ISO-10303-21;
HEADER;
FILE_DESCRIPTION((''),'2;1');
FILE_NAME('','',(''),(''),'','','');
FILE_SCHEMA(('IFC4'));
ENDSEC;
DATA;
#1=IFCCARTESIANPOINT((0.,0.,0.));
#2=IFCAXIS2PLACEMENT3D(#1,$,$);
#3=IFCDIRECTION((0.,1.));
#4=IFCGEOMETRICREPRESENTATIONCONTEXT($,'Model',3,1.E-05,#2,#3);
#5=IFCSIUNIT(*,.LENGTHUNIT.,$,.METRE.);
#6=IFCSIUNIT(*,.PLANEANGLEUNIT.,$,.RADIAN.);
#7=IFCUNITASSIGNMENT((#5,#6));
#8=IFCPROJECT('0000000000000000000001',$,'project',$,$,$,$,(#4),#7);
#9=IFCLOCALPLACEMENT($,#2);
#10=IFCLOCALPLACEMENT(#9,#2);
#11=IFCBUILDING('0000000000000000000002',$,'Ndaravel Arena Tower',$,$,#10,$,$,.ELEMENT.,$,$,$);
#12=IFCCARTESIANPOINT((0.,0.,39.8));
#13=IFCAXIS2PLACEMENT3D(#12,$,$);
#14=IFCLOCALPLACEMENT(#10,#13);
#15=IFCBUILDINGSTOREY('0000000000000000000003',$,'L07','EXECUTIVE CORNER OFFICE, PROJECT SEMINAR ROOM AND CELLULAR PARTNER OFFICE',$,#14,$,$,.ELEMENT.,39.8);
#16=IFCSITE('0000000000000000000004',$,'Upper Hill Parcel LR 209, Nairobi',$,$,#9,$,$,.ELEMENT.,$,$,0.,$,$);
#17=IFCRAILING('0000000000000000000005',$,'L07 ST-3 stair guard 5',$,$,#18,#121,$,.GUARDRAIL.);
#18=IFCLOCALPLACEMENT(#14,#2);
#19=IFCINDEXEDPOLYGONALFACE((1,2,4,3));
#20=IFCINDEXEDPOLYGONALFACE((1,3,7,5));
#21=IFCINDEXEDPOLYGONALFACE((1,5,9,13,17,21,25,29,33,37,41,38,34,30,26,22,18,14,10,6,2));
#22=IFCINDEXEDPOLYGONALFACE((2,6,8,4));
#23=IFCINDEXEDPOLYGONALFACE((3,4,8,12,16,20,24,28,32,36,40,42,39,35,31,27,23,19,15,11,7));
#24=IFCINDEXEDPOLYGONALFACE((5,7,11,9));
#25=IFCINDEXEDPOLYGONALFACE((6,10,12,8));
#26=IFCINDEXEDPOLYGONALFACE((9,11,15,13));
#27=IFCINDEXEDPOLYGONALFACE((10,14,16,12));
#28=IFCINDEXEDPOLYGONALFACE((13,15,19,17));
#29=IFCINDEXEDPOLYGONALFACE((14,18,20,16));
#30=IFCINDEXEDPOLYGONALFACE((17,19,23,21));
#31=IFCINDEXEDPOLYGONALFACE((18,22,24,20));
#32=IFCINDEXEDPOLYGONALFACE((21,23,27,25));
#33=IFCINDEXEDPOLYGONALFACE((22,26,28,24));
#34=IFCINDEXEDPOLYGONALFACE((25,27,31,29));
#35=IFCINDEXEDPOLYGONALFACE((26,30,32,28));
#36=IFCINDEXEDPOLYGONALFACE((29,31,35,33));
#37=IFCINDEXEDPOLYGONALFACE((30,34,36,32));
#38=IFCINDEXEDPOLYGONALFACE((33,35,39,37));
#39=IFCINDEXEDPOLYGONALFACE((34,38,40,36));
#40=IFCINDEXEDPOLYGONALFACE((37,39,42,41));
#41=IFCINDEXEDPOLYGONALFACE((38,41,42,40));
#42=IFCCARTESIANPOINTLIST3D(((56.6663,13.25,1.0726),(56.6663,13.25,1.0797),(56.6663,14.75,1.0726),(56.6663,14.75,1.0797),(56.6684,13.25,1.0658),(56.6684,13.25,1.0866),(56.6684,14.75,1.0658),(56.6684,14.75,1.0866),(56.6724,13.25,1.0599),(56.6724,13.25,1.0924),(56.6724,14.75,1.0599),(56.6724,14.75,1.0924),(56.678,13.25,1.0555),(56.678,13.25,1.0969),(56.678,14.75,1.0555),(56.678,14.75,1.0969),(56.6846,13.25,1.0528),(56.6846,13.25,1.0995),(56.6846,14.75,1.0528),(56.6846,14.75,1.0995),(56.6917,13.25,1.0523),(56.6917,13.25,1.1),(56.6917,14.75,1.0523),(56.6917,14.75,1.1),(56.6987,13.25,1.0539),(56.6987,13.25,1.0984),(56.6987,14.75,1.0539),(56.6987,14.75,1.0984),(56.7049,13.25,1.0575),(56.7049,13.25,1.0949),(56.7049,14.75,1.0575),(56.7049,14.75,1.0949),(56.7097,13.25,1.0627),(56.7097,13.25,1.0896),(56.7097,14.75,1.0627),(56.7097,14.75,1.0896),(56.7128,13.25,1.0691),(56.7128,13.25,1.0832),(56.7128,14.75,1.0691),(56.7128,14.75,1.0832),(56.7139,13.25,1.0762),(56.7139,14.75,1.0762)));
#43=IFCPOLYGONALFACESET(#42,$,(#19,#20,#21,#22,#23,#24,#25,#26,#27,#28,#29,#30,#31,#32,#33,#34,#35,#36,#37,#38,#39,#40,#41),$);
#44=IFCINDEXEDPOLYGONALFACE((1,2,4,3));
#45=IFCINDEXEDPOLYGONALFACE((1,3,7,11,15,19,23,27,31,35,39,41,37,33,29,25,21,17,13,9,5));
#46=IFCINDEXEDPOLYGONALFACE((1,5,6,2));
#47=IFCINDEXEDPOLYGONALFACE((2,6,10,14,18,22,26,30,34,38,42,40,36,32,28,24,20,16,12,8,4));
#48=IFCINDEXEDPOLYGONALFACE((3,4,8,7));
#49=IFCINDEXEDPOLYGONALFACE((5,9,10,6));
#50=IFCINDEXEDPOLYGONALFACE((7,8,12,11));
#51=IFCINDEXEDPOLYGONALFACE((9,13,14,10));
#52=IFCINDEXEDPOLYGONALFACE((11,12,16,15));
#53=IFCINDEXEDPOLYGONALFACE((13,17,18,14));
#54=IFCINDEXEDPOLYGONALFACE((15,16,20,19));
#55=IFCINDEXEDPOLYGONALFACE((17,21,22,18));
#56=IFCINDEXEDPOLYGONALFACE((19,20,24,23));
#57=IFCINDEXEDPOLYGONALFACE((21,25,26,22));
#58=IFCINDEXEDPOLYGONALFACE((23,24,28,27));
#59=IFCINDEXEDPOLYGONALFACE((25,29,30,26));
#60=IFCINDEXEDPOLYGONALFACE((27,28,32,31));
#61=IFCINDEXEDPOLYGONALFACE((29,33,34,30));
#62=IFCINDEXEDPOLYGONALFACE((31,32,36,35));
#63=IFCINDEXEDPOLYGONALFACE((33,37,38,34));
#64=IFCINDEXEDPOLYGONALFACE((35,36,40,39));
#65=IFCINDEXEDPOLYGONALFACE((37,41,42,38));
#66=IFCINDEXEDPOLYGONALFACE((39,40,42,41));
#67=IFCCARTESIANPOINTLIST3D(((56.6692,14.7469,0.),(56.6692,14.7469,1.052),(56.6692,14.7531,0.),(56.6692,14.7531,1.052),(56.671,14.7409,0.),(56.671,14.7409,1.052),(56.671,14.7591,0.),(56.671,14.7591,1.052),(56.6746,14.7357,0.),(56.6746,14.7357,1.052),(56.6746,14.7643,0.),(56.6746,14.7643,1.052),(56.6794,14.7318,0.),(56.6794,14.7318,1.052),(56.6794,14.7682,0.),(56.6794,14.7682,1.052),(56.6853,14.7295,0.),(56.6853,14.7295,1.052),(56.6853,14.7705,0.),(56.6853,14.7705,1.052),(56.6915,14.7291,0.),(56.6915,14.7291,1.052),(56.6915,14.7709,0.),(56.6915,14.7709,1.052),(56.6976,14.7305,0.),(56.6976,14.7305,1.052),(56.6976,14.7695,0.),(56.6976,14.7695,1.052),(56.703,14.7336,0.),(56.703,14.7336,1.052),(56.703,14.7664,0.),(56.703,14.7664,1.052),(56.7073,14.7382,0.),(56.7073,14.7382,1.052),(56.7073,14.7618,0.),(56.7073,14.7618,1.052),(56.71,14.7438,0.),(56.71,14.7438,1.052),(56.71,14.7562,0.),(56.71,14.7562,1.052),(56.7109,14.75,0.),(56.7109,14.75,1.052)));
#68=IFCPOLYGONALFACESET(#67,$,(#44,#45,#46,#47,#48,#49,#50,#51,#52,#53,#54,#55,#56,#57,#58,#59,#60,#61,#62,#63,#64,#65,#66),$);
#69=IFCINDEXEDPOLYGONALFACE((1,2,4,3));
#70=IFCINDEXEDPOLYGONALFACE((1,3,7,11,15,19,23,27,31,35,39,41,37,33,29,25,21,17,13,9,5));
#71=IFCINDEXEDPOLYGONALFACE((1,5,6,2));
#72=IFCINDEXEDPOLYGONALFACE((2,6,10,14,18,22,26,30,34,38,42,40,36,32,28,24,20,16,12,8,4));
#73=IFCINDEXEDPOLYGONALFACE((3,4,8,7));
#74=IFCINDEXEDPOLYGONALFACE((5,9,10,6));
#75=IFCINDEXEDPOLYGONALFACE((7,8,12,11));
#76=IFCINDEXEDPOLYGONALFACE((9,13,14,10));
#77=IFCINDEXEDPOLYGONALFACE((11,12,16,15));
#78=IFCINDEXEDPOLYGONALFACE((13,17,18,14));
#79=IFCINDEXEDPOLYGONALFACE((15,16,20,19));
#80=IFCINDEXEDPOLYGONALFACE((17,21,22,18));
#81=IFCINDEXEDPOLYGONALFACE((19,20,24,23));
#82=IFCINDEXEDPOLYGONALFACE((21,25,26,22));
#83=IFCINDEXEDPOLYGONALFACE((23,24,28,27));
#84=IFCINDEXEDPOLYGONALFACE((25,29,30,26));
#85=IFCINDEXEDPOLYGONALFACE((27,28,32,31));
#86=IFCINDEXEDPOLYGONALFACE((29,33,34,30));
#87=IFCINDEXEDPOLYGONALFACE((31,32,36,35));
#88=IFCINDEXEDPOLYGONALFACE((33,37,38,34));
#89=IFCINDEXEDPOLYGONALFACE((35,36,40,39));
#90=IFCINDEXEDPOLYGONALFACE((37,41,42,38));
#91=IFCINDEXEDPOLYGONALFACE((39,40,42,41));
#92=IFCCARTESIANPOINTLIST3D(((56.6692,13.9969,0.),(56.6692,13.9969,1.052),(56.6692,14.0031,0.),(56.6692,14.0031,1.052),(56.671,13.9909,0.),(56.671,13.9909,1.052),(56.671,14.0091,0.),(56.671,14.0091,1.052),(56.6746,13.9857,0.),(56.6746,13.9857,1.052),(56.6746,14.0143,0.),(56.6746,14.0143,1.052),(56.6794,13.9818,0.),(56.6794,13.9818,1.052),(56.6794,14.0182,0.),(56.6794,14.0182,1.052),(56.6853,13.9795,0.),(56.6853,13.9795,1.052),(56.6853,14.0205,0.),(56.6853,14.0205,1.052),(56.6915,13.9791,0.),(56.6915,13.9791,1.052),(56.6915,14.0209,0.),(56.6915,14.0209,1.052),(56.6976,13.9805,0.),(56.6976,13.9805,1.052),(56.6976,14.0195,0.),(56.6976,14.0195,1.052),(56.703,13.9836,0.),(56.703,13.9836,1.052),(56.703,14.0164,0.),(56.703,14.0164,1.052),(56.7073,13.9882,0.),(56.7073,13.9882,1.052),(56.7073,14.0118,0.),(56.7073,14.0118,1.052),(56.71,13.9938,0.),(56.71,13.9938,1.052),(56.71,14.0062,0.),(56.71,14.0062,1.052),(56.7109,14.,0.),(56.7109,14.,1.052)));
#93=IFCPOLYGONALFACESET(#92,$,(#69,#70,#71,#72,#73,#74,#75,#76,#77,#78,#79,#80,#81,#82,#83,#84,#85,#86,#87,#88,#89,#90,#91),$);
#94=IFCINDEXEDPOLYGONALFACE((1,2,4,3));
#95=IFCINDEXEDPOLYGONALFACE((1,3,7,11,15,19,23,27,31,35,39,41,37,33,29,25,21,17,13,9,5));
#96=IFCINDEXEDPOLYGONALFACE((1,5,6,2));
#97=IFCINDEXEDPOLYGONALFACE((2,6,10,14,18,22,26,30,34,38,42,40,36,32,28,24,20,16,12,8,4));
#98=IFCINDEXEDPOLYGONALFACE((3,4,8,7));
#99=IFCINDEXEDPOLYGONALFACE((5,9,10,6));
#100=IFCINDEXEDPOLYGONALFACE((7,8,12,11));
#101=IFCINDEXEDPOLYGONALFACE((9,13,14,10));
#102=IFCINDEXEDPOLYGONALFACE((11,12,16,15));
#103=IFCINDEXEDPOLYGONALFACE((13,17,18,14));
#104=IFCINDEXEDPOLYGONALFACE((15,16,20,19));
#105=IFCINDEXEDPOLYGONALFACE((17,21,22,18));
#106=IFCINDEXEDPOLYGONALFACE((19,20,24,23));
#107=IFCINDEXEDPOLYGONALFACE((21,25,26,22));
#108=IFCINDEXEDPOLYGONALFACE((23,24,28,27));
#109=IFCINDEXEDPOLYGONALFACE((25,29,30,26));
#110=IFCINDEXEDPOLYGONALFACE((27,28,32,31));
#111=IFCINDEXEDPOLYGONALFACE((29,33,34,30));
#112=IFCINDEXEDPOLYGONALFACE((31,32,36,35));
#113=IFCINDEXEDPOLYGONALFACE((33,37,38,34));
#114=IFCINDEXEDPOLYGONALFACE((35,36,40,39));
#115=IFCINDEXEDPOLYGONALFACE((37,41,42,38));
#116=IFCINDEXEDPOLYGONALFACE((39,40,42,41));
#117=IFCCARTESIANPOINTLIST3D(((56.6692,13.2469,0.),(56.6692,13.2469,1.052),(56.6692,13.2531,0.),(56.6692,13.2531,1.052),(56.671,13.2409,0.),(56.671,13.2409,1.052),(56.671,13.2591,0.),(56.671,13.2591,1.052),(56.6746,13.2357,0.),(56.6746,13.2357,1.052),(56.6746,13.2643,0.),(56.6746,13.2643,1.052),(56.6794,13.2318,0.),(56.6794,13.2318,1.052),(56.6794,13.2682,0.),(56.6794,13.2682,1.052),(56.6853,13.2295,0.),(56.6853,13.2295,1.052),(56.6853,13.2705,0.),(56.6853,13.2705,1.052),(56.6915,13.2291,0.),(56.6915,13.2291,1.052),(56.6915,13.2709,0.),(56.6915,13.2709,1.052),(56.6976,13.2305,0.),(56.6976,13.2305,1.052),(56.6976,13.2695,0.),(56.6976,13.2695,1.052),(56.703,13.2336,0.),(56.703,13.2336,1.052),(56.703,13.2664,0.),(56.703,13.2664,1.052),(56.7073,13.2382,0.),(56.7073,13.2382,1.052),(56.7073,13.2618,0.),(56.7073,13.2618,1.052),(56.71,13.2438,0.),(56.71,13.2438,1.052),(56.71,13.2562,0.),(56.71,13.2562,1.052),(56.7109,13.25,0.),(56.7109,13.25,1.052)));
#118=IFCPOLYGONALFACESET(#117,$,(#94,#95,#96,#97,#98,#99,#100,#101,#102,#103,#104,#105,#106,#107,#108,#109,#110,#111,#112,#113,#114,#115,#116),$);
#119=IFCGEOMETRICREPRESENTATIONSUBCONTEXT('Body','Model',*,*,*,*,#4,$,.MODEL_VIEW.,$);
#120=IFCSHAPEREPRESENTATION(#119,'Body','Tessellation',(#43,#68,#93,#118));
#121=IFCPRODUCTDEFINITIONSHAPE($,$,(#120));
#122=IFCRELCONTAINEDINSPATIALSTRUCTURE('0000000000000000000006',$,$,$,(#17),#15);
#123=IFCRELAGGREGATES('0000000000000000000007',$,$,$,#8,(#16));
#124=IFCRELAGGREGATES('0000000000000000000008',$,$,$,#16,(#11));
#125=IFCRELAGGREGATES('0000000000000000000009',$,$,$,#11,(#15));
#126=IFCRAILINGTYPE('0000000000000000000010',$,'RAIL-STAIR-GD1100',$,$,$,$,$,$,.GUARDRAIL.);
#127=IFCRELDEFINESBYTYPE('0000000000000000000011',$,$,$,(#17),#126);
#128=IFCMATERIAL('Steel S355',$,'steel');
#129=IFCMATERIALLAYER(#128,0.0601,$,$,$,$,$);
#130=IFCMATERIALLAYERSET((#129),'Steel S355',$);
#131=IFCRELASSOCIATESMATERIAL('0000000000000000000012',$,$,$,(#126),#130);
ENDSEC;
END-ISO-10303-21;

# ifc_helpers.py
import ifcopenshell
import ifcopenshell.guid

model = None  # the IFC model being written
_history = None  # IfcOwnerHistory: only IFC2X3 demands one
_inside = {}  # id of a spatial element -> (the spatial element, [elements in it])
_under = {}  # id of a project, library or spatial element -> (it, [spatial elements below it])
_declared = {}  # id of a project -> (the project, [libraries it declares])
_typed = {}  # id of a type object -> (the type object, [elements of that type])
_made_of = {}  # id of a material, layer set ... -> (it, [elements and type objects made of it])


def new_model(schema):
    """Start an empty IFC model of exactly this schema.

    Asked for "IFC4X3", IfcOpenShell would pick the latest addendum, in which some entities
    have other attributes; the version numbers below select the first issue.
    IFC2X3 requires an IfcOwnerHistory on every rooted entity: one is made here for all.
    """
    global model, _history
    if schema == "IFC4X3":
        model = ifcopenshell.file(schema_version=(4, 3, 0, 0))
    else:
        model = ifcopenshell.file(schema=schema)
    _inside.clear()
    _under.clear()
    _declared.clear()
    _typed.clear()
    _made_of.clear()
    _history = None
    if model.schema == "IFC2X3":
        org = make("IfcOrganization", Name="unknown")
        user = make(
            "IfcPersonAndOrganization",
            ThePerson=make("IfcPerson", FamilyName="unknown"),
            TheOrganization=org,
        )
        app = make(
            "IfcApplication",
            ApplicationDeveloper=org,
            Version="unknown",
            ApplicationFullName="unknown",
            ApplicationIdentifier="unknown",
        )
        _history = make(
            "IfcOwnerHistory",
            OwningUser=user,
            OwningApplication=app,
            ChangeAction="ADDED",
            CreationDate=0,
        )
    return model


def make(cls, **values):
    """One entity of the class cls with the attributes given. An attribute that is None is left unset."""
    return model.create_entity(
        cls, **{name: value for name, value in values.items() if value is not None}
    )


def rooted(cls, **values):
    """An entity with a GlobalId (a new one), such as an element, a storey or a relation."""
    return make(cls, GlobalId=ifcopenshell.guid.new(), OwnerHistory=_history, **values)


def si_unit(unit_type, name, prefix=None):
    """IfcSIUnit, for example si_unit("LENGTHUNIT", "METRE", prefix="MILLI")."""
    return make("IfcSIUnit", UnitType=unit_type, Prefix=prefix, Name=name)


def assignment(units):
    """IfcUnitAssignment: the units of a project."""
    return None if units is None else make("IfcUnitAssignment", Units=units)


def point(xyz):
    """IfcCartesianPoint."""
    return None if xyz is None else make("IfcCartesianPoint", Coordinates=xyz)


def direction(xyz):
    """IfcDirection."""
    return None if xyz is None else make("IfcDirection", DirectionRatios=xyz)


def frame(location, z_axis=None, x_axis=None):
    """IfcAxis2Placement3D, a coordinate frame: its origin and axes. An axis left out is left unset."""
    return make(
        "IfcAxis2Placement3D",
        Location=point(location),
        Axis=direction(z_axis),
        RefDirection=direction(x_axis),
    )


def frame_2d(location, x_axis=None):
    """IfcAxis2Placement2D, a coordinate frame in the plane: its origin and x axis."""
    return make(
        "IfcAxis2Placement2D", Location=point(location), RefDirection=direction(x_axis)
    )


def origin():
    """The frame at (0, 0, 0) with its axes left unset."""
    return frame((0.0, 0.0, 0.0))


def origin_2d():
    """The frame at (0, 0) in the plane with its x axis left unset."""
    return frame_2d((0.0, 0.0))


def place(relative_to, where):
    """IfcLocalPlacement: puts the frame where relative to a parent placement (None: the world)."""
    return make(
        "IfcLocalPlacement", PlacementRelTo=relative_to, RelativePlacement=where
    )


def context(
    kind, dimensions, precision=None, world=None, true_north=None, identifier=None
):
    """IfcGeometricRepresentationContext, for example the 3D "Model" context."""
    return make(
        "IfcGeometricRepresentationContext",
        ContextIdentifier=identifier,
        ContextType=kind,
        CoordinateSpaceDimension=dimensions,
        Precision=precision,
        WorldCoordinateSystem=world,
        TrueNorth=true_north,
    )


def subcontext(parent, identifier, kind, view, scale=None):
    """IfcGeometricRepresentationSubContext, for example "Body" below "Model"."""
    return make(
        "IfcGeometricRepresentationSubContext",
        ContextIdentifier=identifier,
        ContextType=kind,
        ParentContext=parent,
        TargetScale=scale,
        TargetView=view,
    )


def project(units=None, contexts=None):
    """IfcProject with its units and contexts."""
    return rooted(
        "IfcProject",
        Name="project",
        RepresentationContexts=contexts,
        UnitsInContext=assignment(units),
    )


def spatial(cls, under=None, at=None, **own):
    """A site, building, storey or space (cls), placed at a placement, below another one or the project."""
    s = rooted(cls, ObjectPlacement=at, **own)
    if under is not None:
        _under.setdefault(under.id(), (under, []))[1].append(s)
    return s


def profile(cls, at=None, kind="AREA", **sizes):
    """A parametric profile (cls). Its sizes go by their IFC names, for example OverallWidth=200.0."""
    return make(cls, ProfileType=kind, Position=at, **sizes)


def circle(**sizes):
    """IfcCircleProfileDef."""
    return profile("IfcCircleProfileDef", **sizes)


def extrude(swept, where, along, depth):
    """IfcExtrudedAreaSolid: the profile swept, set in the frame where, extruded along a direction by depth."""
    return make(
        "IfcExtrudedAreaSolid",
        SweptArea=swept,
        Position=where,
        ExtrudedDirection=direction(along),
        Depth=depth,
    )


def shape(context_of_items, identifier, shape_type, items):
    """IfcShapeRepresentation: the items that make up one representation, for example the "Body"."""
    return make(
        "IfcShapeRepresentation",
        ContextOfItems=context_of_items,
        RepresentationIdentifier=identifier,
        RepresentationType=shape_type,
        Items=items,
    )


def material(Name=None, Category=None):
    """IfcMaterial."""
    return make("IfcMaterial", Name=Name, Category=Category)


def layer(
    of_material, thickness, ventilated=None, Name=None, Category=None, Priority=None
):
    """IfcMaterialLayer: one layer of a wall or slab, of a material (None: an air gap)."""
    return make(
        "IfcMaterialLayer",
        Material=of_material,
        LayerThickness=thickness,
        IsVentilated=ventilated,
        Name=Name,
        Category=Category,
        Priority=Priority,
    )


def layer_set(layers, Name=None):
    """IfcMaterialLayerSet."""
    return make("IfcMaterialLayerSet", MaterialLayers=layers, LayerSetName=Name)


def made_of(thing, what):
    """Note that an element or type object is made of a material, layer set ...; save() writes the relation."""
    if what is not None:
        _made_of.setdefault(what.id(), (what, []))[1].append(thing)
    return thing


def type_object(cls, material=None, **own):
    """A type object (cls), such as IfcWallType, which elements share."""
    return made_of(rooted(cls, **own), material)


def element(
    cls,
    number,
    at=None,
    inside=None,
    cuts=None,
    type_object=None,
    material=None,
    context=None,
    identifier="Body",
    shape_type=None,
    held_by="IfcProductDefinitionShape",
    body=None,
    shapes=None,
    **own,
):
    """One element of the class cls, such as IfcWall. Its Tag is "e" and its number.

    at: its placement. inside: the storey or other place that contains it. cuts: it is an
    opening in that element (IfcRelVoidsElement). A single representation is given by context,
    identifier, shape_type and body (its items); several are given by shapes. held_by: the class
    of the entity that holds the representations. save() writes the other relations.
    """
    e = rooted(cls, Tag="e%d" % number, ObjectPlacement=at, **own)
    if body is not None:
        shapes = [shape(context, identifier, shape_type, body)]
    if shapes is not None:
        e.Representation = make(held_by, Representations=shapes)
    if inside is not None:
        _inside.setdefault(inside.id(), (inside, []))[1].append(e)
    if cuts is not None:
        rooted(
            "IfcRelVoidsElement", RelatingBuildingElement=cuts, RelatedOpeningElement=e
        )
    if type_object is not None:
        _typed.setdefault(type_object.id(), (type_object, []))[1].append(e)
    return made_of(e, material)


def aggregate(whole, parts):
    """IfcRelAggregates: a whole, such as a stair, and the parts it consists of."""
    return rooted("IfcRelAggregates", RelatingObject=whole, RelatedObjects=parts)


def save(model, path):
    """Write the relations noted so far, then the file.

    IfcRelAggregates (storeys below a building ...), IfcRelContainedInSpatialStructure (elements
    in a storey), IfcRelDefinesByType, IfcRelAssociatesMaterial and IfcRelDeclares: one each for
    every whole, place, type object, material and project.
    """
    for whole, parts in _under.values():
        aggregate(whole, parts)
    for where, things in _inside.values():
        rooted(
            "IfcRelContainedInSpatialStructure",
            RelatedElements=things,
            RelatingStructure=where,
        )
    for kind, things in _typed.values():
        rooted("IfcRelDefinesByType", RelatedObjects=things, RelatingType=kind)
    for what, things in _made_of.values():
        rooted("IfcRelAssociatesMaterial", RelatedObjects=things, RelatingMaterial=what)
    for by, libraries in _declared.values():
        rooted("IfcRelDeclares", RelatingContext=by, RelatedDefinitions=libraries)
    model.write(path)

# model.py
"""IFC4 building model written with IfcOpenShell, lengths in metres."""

from ifc_helpers import new_model, si_unit, direction, frame, origin, origin_2d, place, context, subcontext, project, spatial, circle, extrude, material, layer, layer_set, type_object, element, save


model = new_model("IFC4")

# Units and contexts
model_context = context("Model", 3, precision=1e-05, world=origin(), true_north=direction((0.0, 1.0)))
body_context = subcontext(model_context, "Body", "Model", "MODEL_VIEW")
ifc_project = project(units=[si_unit("LENGTHUNIT", "METRE"), si_unit("PLANEANGLEUNIT", "RADIAN")], contexts=[model_context])

# Site, building, storey
site_placement = place(None, origin())
site = spatial("IfcSite", under=ifc_project, at=site_placement, Name="Upper Hill Parcel LR 209, Nairobi", CompositionType="ELEMENT", RefElevation=0.0)
building_placement = place(site_placement, origin())
building = spatial("IfcBuilding", under=site, at=building_placement, Name="Ndaravel Arena Tower", CompositionType="ELEMENT")
storey_placement = place(building_placement, frame((0.0, 0.0, 39.8)))
storey = spatial("IfcBuildingStorey", under=building, at=storey_placement, Name="L07", Description="EXECUTIVE CORNER OFFICE, PROJECT SEMINAR ROOM AND CELLULAR PARTNER OFFICE", CompositionType="ELEMENT", Elevation=39.8)

# Railing
ifc_material_1 = material(Name="Steel S355", Category="steel")
ifc_layer_1 = layer(ifc_material_1, 0.0601)
ifc_layer_set_1 = layer_set([ifc_layer_1], Name="Steel S355")
railing_type = type_object("IfcRailingType", Name="RAIL-STAIR-GD1100", PredefinedType="GUARDRAIL", material=ifc_layer_set_1)
for number, where, name in (
    (1, (56.6899, 14.75, 0.0), "L07 ST-3 stair guard 5"),
):
    element("IfcRailing", number, at=place(storey_placement, frame(where)), inside=storey, type_object=railing_type, Name=name, PredefinedType="GUARDRAIL", context=body_context, shape_type="SweptSolid", body=[
        extrude(circle(Radius=0.0239, at=origin_2d()), frame((0.0, 0.0, 1.0762), z_axis=(0.0, -1.0, 0.0), x_axis=(1.0, 0.0, 0.0)), (0.0, 0.0, 1.0), 1.5),
        extrude(circle(Radius=0.021, at=origin_2d()), origin(), (0.0, 0.0, 1.0), 1.052),
        extrude(circle(Radius=0.021, at=origin_2d()), frame((0.0, -0.75, 0.0)), (0.0, 0.0, 1.0), 1.052),
        extrude(circle(Radius=0.021, at=origin_2d()), frame((0.0, -1.5, 0.0)), (0.0, 0.0, 1.0), 1.052),
    ])

save(model, "model.ifc")
